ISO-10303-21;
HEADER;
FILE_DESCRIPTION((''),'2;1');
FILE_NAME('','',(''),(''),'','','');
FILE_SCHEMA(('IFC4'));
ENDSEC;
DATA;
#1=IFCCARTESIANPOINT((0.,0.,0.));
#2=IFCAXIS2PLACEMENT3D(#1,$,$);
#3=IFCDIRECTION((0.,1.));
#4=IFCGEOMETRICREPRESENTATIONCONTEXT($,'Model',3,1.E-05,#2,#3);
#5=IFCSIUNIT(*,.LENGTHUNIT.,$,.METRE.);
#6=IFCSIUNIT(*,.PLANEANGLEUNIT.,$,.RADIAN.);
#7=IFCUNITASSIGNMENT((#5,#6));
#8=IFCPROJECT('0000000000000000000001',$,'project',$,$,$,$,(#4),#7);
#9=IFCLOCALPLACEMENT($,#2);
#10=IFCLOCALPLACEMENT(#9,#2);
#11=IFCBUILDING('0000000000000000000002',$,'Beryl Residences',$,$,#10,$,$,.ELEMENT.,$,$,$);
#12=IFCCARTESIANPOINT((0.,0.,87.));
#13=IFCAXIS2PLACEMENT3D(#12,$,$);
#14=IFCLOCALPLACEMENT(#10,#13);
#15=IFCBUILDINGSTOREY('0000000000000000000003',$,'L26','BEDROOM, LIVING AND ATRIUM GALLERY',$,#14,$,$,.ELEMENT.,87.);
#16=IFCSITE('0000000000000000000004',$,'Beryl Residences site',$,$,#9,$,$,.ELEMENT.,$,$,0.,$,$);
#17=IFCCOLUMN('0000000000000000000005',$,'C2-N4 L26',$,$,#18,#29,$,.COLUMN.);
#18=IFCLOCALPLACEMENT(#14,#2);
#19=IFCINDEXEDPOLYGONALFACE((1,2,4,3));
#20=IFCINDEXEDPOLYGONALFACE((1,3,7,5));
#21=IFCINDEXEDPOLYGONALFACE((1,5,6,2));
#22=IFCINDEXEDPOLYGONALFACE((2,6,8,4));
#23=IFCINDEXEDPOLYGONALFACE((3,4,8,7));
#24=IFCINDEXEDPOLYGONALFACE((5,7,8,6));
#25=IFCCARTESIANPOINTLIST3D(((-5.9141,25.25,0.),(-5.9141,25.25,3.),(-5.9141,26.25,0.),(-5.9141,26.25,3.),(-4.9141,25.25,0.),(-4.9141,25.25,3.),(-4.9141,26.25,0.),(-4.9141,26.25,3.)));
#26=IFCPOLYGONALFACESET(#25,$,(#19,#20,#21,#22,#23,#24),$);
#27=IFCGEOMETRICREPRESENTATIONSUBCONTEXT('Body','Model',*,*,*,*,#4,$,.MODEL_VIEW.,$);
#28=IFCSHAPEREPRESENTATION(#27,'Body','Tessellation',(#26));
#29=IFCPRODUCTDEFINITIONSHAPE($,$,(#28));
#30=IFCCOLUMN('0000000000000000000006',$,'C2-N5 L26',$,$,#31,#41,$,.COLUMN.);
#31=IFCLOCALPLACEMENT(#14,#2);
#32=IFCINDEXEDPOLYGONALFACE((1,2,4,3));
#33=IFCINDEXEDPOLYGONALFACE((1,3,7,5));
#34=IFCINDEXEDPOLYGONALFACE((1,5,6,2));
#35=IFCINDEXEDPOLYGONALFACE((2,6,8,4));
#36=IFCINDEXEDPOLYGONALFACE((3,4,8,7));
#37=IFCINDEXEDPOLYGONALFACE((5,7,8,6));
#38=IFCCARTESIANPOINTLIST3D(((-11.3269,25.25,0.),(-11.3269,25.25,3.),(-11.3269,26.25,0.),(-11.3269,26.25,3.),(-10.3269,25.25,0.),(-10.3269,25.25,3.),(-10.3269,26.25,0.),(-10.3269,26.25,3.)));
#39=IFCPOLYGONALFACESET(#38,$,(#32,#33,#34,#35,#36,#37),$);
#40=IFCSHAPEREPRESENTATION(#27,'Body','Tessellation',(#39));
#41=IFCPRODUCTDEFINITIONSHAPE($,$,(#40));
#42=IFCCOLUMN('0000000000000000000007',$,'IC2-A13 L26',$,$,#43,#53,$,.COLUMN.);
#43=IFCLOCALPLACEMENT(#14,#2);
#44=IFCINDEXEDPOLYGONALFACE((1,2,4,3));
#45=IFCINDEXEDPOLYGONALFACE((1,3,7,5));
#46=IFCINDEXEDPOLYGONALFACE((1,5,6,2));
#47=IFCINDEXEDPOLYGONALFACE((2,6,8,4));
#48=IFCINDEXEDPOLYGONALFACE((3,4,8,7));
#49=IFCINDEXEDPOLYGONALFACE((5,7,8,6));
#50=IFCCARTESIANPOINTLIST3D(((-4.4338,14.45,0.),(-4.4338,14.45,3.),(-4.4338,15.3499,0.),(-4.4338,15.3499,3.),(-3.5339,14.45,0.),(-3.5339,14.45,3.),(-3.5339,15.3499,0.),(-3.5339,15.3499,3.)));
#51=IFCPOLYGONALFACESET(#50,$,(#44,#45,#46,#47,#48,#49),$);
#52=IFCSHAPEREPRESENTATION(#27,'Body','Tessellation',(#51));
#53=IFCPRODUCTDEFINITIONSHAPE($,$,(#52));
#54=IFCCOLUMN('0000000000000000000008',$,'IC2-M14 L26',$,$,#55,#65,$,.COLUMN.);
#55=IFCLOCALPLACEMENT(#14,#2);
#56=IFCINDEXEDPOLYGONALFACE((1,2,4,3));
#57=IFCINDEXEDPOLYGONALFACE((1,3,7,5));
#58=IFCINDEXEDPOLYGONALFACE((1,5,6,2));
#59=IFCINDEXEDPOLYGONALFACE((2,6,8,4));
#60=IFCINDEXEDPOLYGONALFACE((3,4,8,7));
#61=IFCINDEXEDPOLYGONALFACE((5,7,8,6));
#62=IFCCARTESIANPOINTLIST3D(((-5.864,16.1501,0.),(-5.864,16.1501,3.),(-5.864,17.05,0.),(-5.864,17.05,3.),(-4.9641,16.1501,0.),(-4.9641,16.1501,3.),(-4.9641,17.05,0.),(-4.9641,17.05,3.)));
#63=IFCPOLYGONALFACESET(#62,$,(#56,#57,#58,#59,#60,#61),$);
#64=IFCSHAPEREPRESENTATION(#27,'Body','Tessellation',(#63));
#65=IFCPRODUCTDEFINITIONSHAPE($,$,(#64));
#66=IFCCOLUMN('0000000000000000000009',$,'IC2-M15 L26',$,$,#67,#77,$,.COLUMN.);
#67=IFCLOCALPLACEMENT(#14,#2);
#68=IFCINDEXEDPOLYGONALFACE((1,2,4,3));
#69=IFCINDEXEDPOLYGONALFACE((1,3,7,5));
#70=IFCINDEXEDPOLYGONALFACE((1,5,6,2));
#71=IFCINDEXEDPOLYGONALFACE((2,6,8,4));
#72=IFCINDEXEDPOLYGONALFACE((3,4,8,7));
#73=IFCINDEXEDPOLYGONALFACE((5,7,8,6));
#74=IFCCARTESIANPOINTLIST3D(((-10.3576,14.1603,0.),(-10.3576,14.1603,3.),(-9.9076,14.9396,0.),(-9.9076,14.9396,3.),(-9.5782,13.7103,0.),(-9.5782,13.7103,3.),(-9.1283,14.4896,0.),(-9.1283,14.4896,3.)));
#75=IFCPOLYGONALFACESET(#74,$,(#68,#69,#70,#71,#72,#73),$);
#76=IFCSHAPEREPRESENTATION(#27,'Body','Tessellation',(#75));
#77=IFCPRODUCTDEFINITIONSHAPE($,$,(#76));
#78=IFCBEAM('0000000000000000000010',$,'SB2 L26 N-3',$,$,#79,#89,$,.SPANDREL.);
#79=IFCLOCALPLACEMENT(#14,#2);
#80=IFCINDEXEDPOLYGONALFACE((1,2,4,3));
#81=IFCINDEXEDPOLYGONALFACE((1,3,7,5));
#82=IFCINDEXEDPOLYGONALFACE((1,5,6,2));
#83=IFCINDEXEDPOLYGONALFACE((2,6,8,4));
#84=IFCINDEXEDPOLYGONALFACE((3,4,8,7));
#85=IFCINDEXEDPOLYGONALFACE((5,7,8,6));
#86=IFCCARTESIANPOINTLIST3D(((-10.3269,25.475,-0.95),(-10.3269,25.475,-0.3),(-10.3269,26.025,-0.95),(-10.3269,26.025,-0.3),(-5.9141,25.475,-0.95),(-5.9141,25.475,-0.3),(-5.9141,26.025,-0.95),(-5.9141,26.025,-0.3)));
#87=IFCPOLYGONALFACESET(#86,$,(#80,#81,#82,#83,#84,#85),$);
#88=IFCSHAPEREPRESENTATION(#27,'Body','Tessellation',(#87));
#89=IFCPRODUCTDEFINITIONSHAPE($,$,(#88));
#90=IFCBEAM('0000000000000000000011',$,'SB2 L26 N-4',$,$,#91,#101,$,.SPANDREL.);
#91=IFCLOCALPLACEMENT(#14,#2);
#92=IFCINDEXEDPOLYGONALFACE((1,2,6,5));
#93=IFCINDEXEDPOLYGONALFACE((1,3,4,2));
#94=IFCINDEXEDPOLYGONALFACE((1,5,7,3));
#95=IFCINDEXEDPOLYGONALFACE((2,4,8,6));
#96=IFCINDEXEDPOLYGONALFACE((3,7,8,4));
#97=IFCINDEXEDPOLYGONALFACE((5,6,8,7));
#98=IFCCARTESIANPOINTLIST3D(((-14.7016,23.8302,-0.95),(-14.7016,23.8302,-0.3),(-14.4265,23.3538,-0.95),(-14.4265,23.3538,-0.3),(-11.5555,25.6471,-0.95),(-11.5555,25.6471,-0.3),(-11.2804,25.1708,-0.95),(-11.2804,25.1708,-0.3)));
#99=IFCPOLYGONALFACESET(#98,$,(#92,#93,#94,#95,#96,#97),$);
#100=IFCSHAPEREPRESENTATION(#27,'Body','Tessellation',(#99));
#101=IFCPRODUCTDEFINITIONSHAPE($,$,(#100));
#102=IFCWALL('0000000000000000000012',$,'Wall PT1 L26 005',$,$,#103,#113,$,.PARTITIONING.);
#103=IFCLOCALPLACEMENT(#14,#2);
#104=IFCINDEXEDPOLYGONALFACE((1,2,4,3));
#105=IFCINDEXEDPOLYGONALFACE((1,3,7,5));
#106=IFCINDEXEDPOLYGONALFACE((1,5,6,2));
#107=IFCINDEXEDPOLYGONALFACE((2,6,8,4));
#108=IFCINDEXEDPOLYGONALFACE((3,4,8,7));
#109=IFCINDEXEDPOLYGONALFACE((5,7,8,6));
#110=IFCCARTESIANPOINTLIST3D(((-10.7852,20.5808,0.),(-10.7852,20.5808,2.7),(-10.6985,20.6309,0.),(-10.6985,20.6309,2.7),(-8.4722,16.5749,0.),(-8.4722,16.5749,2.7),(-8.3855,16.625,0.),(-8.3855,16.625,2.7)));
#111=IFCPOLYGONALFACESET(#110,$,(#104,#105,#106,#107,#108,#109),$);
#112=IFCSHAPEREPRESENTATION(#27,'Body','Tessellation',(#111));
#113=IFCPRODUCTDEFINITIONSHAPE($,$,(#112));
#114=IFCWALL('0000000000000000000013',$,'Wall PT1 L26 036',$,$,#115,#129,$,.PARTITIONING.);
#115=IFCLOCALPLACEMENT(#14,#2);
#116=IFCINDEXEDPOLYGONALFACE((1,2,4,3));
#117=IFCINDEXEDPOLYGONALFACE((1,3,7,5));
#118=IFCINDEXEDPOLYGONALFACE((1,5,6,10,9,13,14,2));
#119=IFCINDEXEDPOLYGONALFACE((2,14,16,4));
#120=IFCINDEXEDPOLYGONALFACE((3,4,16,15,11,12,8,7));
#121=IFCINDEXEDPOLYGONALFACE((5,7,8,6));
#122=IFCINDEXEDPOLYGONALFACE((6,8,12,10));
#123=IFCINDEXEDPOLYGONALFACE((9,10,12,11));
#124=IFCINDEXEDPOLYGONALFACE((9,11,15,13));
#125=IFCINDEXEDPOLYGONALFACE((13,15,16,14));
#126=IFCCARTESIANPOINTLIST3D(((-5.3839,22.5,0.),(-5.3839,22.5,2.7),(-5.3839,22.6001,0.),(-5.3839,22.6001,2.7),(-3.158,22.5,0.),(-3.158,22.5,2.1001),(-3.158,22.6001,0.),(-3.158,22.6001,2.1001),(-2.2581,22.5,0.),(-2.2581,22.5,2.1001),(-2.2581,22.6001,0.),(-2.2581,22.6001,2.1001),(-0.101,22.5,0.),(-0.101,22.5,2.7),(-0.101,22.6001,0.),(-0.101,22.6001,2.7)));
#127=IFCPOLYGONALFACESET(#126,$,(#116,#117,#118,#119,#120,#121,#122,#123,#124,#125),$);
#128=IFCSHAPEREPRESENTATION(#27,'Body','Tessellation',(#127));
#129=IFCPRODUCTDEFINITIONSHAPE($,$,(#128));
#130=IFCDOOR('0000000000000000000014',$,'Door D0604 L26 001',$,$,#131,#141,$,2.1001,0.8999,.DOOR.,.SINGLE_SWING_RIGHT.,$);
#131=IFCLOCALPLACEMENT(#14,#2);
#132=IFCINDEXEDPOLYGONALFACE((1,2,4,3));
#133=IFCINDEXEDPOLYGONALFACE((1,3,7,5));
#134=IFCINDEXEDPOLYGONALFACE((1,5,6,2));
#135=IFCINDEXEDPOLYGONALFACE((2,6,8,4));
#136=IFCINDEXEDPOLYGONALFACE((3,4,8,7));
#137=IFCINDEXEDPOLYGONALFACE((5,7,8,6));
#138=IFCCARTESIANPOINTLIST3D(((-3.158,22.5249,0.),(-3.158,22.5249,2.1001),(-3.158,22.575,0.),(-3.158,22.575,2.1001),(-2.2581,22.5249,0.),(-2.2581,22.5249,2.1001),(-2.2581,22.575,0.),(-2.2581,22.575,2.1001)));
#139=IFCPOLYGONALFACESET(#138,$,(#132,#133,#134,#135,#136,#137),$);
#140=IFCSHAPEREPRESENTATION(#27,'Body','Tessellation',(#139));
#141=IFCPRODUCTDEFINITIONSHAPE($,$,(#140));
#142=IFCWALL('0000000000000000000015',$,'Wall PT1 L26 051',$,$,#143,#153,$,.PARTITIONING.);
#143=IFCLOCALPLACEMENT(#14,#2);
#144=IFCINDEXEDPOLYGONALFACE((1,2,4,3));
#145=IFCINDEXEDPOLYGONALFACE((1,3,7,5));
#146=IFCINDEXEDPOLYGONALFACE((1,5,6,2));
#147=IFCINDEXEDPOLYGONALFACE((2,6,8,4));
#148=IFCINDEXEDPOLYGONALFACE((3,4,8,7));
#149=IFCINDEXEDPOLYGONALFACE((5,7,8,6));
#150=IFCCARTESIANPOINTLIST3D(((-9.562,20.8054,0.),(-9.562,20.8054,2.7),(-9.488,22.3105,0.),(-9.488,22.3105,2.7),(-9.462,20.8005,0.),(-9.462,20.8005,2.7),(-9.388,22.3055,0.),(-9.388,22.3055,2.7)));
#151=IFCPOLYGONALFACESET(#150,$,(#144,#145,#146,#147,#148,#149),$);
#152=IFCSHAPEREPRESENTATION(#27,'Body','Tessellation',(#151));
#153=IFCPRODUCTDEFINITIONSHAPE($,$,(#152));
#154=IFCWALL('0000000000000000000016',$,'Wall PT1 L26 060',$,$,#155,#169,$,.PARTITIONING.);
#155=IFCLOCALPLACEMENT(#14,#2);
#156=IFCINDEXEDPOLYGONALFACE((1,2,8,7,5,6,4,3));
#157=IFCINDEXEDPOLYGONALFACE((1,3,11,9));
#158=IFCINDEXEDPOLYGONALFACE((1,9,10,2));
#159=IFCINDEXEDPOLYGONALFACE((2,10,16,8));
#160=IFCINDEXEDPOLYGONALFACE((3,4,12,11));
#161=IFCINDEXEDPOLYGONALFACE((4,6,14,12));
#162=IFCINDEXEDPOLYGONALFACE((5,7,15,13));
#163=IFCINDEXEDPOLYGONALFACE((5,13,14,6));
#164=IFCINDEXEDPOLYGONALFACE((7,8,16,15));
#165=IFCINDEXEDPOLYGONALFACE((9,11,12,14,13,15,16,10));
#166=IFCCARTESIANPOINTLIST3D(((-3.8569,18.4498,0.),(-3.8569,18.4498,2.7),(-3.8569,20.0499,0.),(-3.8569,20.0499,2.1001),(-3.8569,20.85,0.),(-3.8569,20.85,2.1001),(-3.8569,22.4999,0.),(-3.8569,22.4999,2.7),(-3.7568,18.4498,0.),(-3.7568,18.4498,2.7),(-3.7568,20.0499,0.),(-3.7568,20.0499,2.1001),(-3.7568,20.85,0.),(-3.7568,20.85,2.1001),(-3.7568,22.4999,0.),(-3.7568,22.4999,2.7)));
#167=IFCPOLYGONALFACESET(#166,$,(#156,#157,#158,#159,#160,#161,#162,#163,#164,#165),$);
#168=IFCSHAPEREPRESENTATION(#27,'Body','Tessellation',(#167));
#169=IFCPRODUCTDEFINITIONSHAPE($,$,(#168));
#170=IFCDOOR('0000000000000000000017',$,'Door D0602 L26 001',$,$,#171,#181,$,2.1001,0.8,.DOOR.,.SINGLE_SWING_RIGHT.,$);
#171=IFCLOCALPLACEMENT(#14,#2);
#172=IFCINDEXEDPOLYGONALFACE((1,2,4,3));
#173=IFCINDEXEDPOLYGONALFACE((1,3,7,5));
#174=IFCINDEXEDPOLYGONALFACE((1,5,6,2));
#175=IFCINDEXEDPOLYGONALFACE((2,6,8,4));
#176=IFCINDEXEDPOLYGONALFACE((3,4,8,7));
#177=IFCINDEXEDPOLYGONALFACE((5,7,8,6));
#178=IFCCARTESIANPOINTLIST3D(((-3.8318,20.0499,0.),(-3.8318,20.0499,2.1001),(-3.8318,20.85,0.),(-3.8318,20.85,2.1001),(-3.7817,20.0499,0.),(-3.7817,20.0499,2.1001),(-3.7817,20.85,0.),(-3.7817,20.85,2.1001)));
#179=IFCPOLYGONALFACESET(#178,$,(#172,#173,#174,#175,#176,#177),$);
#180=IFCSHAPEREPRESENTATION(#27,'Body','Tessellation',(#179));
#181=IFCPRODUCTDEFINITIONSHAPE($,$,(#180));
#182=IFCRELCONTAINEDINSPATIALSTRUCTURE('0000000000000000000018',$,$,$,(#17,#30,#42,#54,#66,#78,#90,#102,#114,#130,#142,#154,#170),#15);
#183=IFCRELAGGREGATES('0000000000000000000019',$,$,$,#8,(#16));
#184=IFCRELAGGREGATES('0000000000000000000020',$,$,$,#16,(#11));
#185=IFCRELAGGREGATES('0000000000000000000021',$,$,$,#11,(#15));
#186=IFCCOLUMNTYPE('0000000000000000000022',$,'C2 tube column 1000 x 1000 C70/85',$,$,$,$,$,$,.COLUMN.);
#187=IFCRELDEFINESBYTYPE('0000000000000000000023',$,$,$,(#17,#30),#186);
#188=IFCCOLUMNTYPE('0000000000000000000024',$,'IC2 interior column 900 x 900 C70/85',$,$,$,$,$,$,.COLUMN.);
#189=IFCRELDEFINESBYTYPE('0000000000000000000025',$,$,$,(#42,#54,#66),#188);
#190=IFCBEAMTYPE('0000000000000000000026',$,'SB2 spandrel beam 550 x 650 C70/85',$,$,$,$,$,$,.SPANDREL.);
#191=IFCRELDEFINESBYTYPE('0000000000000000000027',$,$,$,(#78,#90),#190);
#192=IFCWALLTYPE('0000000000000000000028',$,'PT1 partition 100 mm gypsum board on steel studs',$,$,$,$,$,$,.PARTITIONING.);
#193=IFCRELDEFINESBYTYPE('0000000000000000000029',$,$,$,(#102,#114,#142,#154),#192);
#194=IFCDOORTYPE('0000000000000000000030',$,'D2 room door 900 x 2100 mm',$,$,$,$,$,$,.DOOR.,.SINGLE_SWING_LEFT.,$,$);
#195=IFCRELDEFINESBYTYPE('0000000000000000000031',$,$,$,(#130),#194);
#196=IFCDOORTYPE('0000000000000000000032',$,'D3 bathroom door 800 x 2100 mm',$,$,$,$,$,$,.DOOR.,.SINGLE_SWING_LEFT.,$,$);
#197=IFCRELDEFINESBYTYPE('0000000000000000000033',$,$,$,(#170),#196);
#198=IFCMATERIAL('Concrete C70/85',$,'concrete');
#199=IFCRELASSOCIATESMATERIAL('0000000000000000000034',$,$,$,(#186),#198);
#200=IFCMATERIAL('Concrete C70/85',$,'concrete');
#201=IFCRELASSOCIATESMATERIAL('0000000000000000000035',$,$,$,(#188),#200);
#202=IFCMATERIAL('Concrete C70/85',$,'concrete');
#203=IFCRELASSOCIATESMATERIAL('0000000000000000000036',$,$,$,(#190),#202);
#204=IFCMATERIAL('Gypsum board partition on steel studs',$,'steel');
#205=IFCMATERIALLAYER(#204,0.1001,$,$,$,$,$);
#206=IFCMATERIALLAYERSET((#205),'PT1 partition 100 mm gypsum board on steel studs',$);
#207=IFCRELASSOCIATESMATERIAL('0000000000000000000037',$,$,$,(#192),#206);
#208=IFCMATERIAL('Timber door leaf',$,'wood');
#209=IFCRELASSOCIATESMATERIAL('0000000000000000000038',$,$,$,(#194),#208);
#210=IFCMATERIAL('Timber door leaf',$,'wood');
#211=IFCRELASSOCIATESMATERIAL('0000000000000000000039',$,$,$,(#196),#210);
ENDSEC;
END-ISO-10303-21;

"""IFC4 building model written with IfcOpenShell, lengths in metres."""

from ifc_helpers import new_model, si_unit, direction, frame, frame_2d, origin, origin_2d, place, context, subcontext, project, spatial, rectangle, extrude, material, layer, layer_set, material_profile, profile_set, type_object, element, fill, save


model = new_model("IFC4")

# Units and contexts
model_context = context("Model", 3, precision=1e-05, world=origin(), true_north=direction((0.0, 1.0)))
body_context = subcontext(model_context, "Body", "Model", "MODEL_VIEW")
ifc_project = project(units=[si_unit("LENGTHUNIT", "METRE"), si_unit("PLANEANGLEUNIT", "RADIAN")], contexts=[model_context])

# Site, building, storey
site_placement = place(None, origin())
site = spatial("IfcSite", under=ifc_project, at=site_placement, Name="Beryl Residences site", CompositionType="ELEMENT", RefElevation=0.0)
building_placement = place(site_placement, origin())
building = spatial("IfcBuilding", under=site, at=building_placement, Name="Beryl Residences", CompositionType="ELEMENT")
storey_placement = place(building_placement, frame((0.0, 0.0, 87.0)))
storey = spatial("IfcBuildingStorey", under=building, at=storey_placement, Name="L26", Description="BEDROOM, LIVING AND ATRIUM GALLERY", CompositionType="ELEMENT", Elevation=87.0)

# Columns
ifc_material_1 = material(Name="Concrete C70/85", Category="concrete")
ifc_material_profile_1 = material_profile(ifc_material_1, rectangle(XDim=1.0, YDim=1.0, at=origin_2d()))
ifc_profile_set_1 = profile_set([ifc_material_profile_1], Name="Concrete C70/85")
column_type_1 = type_object("IfcColumnType", Name="C2 tube column 1000 x 1000 C70/85", PredefinedType="COLUMN", material=ifc_profile_set_1)
for number, where, z_axis, x_axis, name in (
    (1, (-5.4141, 25.75, 0.0), (0.0, 0.0, 1.0), (-1.0, 0.0, 0.0), "C2-N4 L26"),
    (2, (-10.8269, 25.75, 0.0), (0.0, 0.0, 1.0), (-1.0, 0.0, 0.0), "C2-N5 L26"),
):
    element("IfcColumn", number, at=place(storey_placement, frame(where, z_axis=z_axis, x_axis=x_axis)), inside=storey, type_object=column_type_1, Name=name, PredefinedType="COLUMN", context=body_context, shape_type="SweptSolid", body=[
        extrude(rectangle(XDim=1.0, YDim=1.0, at=origin_2d()), origin(), (0.0, 0.0, 1.0), 3.0),
    ])
ifc_material_2 = material(Name="Concrete C70/85", Category="concrete")
ifc_material_profile_2 = material_profile(ifc_material_2, rectangle(XDim=0.8999, YDim=0.8999, at=origin_2d()))
ifc_profile_set_2 = profile_set([ifc_material_profile_2], Name="Concrete C70/85")
column_type_2 = type_object("IfcColumnType", Name="IC2 interior column 900 x 900 C70/85", PredefinedType="COLUMN", material=ifc_profile_set_2)
for number, where, z_axis, x_axis, name in (
    (3, (-3.9839, 14.8999, 0.0), (0.0, 0.0, 1.0), (1.0, 0.0, 0.0), "IC2-A13 L26"),
    (4, (-5.4141, 16.6001, 0.0), (0.0, 0.0, 1.0), (-1.0, 0.0, 0.0), "IC2-M14 L26"),
    (5, (-9.7429, 14.325, 0.0), (0.0, 0.0, 1.0), (-0.5, -0.866025, 0.0), "IC2-M15 L26"),
):
    element("IfcColumn", number, at=place(storey_placement, frame(where, z_axis=z_axis, x_axis=x_axis)), inside=storey, type_object=column_type_2, Name=name, PredefinedType="COLUMN", context=body_context, shape_type="SweptSolid", body=[
        extrude(rectangle(XDim=0.8999, YDim=0.8999, at=origin_2d()), origin(), (0.0, 0.0, 1.0), 3.0),
    ])

# Beams
ifc_material_3 = material(Name="Concrete C70/85", Category="concrete")
ifc_material_profile_3 = material_profile(ifc_material_3, rectangle(XDim=0.55, YDim=0.6499, at=origin_2d()))
ifc_profile_set_3 = profile_set([ifc_material_profile_3], Name="Concrete C70/85")
beam_type = type_object("IfcBeamType", Name="SB2 spandrel beam 550 x 650 C70/85", PredefinedType="SPANDREL", material=ifc_profile_set_3)
beam_1_placement = place(storey_placement, frame((-5.9141, 25.75, -0.625), z_axis=(-1.0, 0.0, 0.0), x_axis=(0.0, -1.0, 0.0)))
element("IfcBeam", 6, at=beam_1_placement, inside=storey, type_object=beam_type, Name="SB2 L26 N-3", PredefinedType="SPANDREL", context=body_context, shape_type="SweptSolid", body=[
    extrude(rectangle(XDim=0.55, YDim=0.6499, at=origin_2d()), origin(), (0.0, 0.0, 1.0), 4.4128),
])
beam_2_placement = place(storey_placement, frame((-11.418, 25.4089, -0.625), z_axis=(-0.86596, -0.500114, 0.0), x_axis=(0.500114, -0.86596, 0.0)))
element("IfcBeam", 7, at=beam_2_placement, inside=storey, type_object=beam_type, Name="SB2 L26 N-4", PredefinedType="SPANDREL", context=body_context, shape_type="SweptSolid", body=[
    extrude(rectangle(XDim=0.55, YDim=0.6499, at=origin_2d()), origin(), (0.0, 0.0, 1.0), 3.6331),
])

# Wall
ifc_material_4 = material(Name="Gypsum board partition on steel studs", Category="steel")
ifc_layer_1 = layer(ifc_material_4, 0.1001)
ifc_layer_set_1 = layer_set([ifc_layer_1], Name="PT1 partition 100 mm gypsum board on steel studs")
wall_type_1 = type_object("IfcWallType", Name="PT1 partition 100 mm gypsum board on steel studs", PredefinedType="PARTITIONING", material=ifc_layer_set_1)
wall_1_placement = place(storey_placement, frame((-10.7419, 20.606, 0.0), z_axis=(0.0, 0.0, 1.0), x_axis=(0.500033, -0.866006, 0.0)))
element("IfcWall", 8, at=wall_1_placement, inside=storey, type_object=wall_type_1, Name="Wall PT1 L26 005", PredefinedType="PARTITIONING", context=body_context, shape_type="SweptSolid", body=[
    extrude(rectangle(XDim=4.6257, YDim=0.1001, at=frame_2d((2.313, 0.0))), origin(), (0.0, 0.0, 1.0), 2.7),
])

# Wall, opening, door
wall_2_placement = place(storey_placement, frame((-5.384, 22.55, 0.0), z_axis=(0.0, 0.0, 1.0), x_axis=(1.0, 0.0, 0.0)))
wall_2 = element("IfcWall", 9, at=wall_2_placement, inside=storey, type_object=wall_type_1, Name="Wall PT1 L26 036", PredefinedType="PARTITIONING", context=body_context, shape_type="SweptSolid", body=[
    extrude(rectangle(XDim=5.283, YDim=0.1001, at=frame_2d((2.6416, 0.0))), origin(), (0.0, 0.0, 1.0), 2.7),
])
opening_1_placement = place(wall_2_placement, frame((2.2261, 0.0, 0.0)))
opening_1 = element("IfcOpeningElement", 10, at=opening_1_placement, cuts=wall_2, PredefinedType="OPENING", context=body_context, shape_type="SweptSolid", body=[
    extrude(rectangle(XDim=0.8999, YDim=2.1001, at=frame_2d((0.45, 1.05))), frame((0.0, 0.0601, 0.0), z_axis=(0.0, -1.0, 0.0), x_axis=(1.0, 0.0, 0.0)), (0.0, 0.0, 1.0), 0.1201),
])
ifc_material_5 = material(Name="Timber door leaf", Category="wood")
door_type_1 = type_object("IfcDoorType", Name="D2 room door 900 x 2100 mm", OperationType="SINGLE_SWING_LEFT", PredefinedType="DOOR", material=ifc_material_5)
door_1_placement = place(opening_1_placement, origin())
door_1 = element("IfcDoor", 11, at=door_1_placement, inside=storey, type_object=door_type_1, Name="Door D0604 L26 001", OperationType="SINGLE_SWING_RIGHT", OverallHeight=2.1001, OverallWidth=0.8999, PredefinedType="DOOR", context=body_context, shape_type="SweptSolid", body=[
    extrude(rectangle(XDim=0.8999, YDim=2.1001, at=frame_2d((0.45, 1.05))), frame((0.0, 0.0249, 0.0), z_axis=(0.0, -1.0, 0.0), x_axis=(1.0, 0.0, 0.0)), (0.0, 0.0, 1.0), 0.05),
])
fill(opening_1, door_1)

# Wall
wall_3_placement = place(storey_placement, frame((-9.512, 20.803, 0.0), z_axis=(0.0, 0.0, 1.0), x_axis=(0.049089, 0.998794, 0.0)))
element("IfcWall", 12, at=wall_3_placement, inside=storey, type_object=wall_type_1, Name="Wall PT1 L26 051", PredefinedType="PARTITIONING", context=body_context, shape_type="SweptSolid", body=[
    extrude(rectangle(XDim=1.5068, YDim=0.1001, at=frame_2d((0.7534, 0.0))), origin(), (0.0, 0.0, 1.0), 2.7),
])

# Wall, opening, door
wall_4_placement = place(storey_placement, frame((-3.8069, 18.45, 0.0), z_axis=(0.0, 0.0, 1.0), x_axis=(0.0, 1.0, 0.0)))
wall_4 = element("IfcWall", 13, at=wall_4_placement, inside=storey, type_object=wall_type_1, Name="Wall PT1 L26 060", PredefinedType="PARTITIONING", context=body_context, shape_type="SweptSolid", body=[
    extrude(rectangle(XDim=4.05, YDim=0.1001, at=frame_2d((2.0249, 0.0))), origin(), (0.0, 0.0, 1.0), 2.7),
])
opening_2_placement = place(wall_4_placement, frame((1.6001, 0.0, 0.0)))
opening_2 = element("IfcOpeningElement", 14, at=opening_2_placement, cuts=wall_4, PredefinedType="OPENING", context=body_context, shape_type="SweptSolid", body=[
    extrude(rectangle(XDim=0.8, YDim=2.1001, at=frame_2d((0.3999, 1.05))), frame((0.0, 0.0601, 0.0), z_axis=(0.0, -1.0, 0.0), x_axis=(1.0, 0.0, 0.0)), (0.0, 0.0, 1.0), 0.1201),
])
ifc_material_6 = material(Name="Timber door leaf", Category="wood")
door_type_2 = type_object("IfcDoorType", Name="D3 bathroom door 800 x 2100 mm", OperationType="SINGLE_SWING_LEFT", PredefinedType="DOOR", material=ifc_material_6)
door_2_placement = place(opening_2_placement, origin())
door_2 = element("IfcDoor", 15, at=door_2_placement, inside=storey, type_object=door_type_2, Name="Door D0602 L26 001", OperationType="SINGLE_SWING_RIGHT", OverallHeight=2.1001, OverallWidth=0.8, PredefinedType="DOOR", context=body_context, shape_type="SweptSolid", body=[
    extrude(rectangle(XDim=0.8, YDim=2.1001, at=frame_2d((0.3999, 1.05))), frame((0.0, 0.0249, 0.0), z_axis=(0.0, -1.0, 0.0), x_axis=(1.0, 0.0, 0.0)), (0.0, 0.0, 1.0), 0.05),
])
fill(opening_2, door_2)

save(model, "model.ifc")
